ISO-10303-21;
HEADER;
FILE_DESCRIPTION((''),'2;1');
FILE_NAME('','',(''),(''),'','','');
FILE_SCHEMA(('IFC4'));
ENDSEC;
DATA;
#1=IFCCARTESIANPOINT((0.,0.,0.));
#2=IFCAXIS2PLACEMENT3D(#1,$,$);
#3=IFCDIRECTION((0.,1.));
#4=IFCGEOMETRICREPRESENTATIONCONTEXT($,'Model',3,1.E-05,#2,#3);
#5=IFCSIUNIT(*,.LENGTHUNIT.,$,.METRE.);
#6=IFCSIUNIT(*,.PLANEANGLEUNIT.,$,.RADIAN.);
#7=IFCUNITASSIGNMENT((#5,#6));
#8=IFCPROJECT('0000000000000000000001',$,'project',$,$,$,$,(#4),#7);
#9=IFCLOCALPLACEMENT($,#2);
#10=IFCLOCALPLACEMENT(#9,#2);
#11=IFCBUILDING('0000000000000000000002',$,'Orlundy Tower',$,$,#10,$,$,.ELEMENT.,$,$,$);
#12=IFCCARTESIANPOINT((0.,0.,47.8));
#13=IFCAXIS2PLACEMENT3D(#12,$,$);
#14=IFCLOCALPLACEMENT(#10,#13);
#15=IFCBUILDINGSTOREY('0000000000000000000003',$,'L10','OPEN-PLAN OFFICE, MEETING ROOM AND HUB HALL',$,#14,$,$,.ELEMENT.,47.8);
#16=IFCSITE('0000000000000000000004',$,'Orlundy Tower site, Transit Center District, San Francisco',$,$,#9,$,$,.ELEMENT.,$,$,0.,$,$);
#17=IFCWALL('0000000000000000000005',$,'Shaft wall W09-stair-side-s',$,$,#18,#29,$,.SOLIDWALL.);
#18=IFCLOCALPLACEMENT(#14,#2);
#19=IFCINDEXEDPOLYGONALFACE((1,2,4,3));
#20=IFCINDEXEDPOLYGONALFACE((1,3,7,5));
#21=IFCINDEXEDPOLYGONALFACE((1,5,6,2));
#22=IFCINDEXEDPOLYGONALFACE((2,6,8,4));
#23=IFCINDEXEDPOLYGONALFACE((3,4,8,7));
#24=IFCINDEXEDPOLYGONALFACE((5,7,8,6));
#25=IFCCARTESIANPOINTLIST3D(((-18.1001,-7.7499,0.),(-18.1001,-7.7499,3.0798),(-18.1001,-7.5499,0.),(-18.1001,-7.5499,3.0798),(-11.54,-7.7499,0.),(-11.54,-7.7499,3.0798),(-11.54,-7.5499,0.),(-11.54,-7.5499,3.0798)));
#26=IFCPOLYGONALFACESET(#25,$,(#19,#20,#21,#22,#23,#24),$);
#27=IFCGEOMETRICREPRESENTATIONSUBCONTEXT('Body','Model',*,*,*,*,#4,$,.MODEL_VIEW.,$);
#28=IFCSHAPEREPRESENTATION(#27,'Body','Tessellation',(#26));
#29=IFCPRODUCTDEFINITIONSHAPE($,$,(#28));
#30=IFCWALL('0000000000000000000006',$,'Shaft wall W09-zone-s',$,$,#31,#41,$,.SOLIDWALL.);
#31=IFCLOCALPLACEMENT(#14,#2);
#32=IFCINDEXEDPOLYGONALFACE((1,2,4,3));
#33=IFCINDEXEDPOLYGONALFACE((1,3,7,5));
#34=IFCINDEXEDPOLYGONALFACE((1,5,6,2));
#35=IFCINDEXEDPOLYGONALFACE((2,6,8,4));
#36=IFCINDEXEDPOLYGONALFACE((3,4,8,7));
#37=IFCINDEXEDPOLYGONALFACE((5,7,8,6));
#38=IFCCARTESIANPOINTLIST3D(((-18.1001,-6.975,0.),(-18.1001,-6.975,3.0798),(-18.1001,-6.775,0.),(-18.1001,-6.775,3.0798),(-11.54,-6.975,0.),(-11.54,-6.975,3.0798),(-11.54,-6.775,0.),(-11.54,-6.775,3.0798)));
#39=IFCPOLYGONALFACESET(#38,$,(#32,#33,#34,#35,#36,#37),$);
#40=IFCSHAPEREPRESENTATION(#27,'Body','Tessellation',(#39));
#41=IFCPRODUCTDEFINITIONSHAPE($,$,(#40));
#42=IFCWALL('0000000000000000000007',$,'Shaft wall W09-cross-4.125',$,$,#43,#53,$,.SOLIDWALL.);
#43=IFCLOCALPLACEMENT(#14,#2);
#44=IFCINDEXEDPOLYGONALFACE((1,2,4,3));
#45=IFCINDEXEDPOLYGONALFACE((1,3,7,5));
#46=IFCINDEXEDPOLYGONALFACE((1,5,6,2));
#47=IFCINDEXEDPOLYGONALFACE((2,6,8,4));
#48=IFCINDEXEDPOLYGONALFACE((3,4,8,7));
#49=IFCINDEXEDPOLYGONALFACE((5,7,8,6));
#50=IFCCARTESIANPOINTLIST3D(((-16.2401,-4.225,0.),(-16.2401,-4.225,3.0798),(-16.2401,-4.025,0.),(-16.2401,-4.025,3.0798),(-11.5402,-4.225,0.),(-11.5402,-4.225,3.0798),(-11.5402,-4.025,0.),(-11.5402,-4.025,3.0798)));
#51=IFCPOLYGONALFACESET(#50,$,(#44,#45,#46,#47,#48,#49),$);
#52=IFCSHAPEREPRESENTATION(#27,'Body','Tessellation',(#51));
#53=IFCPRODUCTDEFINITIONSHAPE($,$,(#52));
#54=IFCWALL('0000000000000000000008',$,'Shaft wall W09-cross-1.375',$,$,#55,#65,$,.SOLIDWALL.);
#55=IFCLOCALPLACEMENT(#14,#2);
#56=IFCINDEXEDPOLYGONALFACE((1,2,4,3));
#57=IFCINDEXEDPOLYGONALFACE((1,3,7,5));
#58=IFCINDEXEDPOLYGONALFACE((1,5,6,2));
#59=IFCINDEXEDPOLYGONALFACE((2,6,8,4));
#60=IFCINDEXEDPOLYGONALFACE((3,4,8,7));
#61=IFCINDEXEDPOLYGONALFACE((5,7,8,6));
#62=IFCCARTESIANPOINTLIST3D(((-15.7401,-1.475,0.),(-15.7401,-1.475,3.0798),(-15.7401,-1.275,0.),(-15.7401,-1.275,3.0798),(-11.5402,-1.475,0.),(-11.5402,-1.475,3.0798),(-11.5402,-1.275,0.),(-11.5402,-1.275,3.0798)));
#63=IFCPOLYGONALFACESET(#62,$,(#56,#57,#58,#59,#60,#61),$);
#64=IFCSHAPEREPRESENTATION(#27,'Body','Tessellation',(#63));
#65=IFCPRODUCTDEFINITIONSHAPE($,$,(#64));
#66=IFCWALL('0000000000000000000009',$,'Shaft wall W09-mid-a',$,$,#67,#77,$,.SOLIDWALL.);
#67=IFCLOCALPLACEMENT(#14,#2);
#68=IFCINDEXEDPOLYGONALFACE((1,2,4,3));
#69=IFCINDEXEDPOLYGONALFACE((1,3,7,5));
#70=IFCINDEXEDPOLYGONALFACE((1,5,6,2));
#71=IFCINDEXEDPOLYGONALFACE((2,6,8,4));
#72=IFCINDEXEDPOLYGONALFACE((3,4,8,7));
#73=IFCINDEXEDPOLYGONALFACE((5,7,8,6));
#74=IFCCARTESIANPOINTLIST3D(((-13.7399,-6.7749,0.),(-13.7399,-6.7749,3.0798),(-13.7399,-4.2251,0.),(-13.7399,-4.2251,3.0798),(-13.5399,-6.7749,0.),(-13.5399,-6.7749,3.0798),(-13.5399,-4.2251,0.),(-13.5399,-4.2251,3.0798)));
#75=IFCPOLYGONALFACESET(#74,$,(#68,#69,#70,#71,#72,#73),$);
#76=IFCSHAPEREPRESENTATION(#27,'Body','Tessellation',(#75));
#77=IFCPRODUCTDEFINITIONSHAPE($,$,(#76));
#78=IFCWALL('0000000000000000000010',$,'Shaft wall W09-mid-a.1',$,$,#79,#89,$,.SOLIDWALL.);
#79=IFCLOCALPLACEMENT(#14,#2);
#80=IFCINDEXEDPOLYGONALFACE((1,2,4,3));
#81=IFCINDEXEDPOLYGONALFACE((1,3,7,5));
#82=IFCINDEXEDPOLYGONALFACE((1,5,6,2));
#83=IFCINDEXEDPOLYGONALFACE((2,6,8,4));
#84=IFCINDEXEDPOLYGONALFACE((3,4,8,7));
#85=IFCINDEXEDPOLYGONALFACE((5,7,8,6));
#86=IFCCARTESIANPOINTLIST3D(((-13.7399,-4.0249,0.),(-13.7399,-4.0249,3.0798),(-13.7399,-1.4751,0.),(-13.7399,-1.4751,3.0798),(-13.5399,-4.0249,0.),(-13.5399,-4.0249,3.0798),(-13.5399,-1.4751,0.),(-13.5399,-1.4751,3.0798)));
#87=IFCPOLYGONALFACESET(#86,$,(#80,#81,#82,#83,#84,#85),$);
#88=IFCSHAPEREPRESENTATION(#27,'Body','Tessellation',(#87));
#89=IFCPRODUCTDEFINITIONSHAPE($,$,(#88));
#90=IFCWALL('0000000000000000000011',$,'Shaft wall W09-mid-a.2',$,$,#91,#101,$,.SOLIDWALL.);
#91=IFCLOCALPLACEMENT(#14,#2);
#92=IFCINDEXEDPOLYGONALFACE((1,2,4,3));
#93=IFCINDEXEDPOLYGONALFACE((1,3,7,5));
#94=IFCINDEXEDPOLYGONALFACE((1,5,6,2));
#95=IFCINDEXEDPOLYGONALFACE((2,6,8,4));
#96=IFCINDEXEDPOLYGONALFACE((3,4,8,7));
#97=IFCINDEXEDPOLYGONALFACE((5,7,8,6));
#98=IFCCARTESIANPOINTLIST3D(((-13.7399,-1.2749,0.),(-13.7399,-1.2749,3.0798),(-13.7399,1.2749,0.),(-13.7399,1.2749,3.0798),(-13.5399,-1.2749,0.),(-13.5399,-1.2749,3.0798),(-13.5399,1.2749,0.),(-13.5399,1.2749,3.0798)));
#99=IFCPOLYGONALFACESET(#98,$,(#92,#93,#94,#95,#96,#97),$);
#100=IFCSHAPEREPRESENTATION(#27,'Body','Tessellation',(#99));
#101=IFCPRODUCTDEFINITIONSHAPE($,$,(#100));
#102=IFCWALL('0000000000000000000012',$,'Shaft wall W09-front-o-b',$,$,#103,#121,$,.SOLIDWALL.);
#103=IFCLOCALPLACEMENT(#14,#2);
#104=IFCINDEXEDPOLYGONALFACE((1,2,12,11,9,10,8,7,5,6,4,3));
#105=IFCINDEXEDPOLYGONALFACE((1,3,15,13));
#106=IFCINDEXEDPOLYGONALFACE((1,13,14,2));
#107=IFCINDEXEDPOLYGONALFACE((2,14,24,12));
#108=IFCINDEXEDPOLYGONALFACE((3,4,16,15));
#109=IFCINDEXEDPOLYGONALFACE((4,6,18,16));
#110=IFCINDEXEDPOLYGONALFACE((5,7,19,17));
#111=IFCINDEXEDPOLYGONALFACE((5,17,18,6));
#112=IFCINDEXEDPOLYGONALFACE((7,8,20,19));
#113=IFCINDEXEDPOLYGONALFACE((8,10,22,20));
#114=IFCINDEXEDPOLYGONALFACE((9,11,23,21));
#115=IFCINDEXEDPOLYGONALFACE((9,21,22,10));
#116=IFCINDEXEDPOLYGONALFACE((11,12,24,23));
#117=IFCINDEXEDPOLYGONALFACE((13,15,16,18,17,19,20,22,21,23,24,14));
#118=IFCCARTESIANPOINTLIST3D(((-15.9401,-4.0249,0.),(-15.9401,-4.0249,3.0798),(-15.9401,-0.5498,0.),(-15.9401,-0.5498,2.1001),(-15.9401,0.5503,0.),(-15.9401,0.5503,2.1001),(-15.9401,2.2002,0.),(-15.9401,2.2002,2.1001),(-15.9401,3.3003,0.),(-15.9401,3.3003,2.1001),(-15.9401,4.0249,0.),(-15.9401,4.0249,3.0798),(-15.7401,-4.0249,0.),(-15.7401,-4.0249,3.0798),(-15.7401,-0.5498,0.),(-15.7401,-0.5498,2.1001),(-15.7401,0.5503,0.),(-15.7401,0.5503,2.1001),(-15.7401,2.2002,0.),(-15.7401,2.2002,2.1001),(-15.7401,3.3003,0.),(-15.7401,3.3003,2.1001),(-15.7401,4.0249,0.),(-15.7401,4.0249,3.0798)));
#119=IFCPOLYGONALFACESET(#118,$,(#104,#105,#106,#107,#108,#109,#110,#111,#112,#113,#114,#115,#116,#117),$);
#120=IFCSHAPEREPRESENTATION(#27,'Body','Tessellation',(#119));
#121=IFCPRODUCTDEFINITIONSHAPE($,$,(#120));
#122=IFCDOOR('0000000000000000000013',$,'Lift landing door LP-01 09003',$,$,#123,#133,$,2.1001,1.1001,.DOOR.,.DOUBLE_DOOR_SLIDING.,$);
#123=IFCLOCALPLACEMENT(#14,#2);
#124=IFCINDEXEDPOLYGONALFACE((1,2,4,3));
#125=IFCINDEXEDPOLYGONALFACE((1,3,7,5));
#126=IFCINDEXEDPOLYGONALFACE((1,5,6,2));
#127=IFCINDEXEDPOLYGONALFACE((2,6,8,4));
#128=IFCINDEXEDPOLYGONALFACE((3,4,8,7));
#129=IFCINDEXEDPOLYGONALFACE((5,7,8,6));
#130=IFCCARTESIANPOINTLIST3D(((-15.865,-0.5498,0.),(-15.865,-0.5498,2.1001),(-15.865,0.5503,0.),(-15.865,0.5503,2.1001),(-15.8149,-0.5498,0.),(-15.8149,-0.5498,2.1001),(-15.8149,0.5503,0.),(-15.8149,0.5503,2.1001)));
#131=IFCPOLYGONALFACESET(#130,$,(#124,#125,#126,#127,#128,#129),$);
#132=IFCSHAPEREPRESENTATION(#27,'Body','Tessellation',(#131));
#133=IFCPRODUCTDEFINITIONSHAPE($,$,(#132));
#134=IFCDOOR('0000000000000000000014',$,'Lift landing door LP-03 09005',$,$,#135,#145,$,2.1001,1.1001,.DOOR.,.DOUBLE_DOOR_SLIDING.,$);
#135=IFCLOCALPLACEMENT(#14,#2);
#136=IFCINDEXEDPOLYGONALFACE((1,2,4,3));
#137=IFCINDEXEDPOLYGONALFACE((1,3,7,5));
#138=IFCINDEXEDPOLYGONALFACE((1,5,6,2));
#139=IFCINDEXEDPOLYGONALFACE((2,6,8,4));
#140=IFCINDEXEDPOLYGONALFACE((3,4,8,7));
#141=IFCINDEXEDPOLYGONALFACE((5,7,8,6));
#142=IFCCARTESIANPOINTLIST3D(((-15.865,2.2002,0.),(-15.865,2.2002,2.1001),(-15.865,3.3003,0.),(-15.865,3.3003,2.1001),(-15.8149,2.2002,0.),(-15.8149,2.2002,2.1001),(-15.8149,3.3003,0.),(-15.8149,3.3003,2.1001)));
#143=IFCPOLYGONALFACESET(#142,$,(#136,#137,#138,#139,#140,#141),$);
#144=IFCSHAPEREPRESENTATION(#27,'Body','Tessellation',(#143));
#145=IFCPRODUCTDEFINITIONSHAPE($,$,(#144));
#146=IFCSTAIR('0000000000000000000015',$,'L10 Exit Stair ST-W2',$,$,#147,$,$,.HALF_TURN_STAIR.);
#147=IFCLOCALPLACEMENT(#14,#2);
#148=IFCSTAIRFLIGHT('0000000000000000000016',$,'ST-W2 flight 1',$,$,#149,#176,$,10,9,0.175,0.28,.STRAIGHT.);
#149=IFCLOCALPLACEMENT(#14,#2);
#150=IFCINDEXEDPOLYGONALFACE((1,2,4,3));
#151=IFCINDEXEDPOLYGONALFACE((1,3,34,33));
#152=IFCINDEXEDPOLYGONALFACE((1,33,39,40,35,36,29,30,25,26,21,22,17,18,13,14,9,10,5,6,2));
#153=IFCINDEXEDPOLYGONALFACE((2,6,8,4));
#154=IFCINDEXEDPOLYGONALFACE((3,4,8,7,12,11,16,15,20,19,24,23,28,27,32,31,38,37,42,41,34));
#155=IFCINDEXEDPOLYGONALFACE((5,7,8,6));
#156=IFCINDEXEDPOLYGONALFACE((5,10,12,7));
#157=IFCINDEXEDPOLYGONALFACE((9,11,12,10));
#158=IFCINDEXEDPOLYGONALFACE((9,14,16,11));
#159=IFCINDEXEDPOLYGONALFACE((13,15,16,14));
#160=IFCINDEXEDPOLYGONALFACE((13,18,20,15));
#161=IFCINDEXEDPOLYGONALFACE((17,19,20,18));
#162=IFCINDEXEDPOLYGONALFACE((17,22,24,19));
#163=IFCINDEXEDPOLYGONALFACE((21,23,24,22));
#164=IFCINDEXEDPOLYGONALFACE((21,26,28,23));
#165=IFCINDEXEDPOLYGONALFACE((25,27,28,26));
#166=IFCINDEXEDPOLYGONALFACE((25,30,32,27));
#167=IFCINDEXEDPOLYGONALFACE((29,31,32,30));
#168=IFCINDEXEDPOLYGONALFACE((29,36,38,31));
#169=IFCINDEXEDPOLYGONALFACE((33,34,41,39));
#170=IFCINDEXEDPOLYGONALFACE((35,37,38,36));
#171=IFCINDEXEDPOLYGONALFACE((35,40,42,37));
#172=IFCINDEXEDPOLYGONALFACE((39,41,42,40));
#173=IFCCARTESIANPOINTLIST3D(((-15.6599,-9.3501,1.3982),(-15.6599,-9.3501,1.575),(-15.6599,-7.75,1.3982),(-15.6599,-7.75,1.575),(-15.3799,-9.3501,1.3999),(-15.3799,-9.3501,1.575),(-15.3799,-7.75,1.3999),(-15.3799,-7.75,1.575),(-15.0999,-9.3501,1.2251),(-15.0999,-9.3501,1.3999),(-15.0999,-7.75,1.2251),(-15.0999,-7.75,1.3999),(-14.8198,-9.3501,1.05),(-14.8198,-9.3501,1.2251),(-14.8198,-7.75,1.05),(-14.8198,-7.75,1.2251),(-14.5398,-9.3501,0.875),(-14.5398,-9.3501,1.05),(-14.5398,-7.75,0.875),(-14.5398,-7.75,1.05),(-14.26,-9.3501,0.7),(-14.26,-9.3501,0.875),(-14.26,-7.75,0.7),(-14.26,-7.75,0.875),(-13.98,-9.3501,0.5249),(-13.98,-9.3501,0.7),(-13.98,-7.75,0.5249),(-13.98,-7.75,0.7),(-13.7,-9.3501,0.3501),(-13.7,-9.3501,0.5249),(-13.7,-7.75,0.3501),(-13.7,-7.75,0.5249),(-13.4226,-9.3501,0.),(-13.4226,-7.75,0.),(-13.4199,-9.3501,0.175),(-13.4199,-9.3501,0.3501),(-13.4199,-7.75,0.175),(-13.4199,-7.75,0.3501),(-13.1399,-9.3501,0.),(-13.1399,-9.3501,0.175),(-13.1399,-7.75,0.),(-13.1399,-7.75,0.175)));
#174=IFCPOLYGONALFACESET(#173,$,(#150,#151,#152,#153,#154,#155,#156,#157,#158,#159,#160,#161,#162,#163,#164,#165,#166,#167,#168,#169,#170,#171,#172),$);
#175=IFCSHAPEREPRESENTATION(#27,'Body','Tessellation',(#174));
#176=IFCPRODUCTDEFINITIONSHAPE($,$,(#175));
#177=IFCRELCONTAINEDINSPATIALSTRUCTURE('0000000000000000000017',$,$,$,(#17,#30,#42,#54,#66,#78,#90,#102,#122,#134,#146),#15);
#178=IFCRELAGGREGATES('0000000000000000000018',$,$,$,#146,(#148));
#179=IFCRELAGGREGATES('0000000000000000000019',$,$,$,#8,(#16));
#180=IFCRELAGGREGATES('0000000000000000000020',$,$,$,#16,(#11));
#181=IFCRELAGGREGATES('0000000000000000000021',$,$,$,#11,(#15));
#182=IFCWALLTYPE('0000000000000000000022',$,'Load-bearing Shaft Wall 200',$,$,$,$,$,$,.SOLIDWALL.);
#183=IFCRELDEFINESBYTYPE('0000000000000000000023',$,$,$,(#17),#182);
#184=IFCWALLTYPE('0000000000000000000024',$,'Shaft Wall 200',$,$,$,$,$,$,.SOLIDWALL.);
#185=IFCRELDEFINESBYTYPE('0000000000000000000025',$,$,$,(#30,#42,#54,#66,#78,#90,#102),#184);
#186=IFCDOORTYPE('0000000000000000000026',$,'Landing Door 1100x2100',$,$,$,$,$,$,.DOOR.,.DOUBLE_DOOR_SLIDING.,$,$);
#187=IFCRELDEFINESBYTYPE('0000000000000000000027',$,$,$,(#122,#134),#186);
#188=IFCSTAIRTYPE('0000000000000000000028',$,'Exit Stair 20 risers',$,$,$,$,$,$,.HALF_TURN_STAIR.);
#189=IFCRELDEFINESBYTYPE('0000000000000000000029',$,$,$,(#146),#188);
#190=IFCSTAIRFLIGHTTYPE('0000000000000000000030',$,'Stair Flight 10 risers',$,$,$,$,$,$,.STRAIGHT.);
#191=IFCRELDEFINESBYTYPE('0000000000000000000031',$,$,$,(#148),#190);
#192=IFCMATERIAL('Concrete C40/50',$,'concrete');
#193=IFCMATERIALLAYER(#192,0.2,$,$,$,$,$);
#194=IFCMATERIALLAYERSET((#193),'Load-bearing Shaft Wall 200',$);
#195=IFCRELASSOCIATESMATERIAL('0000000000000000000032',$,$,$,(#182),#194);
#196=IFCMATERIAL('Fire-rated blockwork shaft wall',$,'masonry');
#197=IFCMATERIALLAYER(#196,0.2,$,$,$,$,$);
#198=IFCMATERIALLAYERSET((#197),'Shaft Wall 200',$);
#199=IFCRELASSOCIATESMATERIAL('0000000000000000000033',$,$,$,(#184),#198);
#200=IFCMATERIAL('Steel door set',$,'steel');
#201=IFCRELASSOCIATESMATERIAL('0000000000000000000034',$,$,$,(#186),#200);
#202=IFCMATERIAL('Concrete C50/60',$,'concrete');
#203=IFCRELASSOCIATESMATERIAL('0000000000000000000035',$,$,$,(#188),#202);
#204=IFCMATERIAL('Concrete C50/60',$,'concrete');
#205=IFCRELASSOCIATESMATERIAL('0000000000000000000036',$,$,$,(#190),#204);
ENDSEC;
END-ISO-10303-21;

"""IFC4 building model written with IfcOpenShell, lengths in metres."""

from ifc_helpers import new_model, si_unit, direction, frame, frame_2d, origin, place, context, subcontext, project, spatial, polyline, rectangle, outline, extrude, material, layer, layer_set, type_object, element, fill, aggregate, save


model = new_model("IFC4")

# Units and contexts
model_context = context("Model", 3, precision=1e-05, world=origin(), true_north=direction((0.0, 1.0)))
body_context = subcontext(model_context, "Body", "Model", "MODEL_VIEW")
ifc_project = project(units=[si_unit("LENGTHUNIT", "METRE"), si_unit("PLANEANGLEUNIT", "RADIAN")], contexts=[model_context])

# Site, building, storey
site_placement = place(None, origin())
site = spatial("IfcSite", under=ifc_project, at=site_placement, Name="Orlundy Tower site, Transit Center District, San Francisco", CompositionType="ELEMENT", RefElevation=0.0)
building_placement = place(site_placement, origin())
building = spatial("IfcBuilding", under=site, at=building_placement, Name="Orlundy Tower", CompositionType="ELEMENT")
storey_placement = place(building_placement, frame((0.0, 0.0, 47.8)))
storey = spatial("IfcBuildingStorey", under=building, at=storey_placement, Name="L10", Description="OPEN-PLAN OFFICE, MEETING ROOM AND HUB HALL", CompositionType="ELEMENT", Elevation=47.8)

# Walls
ifc_material_1 = material(Name="Concrete C40/50", Category="concrete")
ifc_layer_1 = layer(ifc_material_1, 0.2)
ifc_layer_set_1 = layer_set([ifc_layer_1], Name="Load-bearing Shaft Wall 200")
wall_type_1 = type_object("IfcWallType", Name="Load-bearing Shaft Wall 200", PredefinedType="SOLIDWALL", material=ifc_layer_set_1)
wall_1_placement = place(storey_placement, frame((-11.54, -7.6499, 0.0), z_axis=(0.0, 0.0, 1.0), x_axis=(-1.0, 0.0, 0.0)))
element("IfcWall", 1, at=wall_1_placement, inside=storey, type_object=wall_type_1, Name="Shaft wall W09-stair-side-s", PredefinedType="SOLIDWALL", context=body_context, shape_type="SweptSolid", body=[
    extrude(rectangle(XDim=6.5601, YDim=0.2, at=frame_2d((3.28, 0.0))), origin(), (0.0, 0.0, 1.0), 3.0798),
])
ifc_material_2 = material(Name="Fire-rated blockwork shaft wall", Category="masonry")
ifc_layer_2 = layer(ifc_material_2, 0.2)
ifc_layer_set_2 = layer_set([ifc_layer_2], Name="Shaft Wall 200")
wall_type_2 = type_object("IfcWallType", Name="Shaft Wall 200", PredefinedType="SOLIDWALL", material=ifc_layer_set_2)
wall_2_placement = place(storey_placement, frame((-11.54, -6.875, 0.0), z_axis=(0.0, 0.0, 1.0), x_axis=(-1.0, 0.0, 0.0)))
element("IfcWall", 2, at=wall_2_placement, inside=storey, type_object=wall_type_2, Name="Shaft wall W09-zone-s", PredefinedType="SOLIDWALL", context=body_context, shape_type="SweptSolid", body=[
    extrude(rectangle(XDim=6.5601, YDim=0.2, at=frame_2d((3.28, 0.0))), origin(), (0.0, 0.0, 1.0), 3.0798),
])
wall_3_placement = place(storey_placement, frame((-11.54, -4.125, 0.0), z_axis=(0.0, 0.0, 1.0), x_axis=(-1.0, 0.0, 0.0)))
element("IfcWall", 3, at=wall_3_placement, inside=storey, type_object=wall_type_2, Name="Shaft wall W09-cross-4.125", PredefinedType="SOLIDWALL", context=body_context, shape_type="SweptSolid", body=[
    extrude(rectangle(XDim=4.7, YDim=0.2, at=frame_2d((2.3501, 0.0))), origin(), (0.0, 0.0, 1.0), 3.0798),
])
wall_4_placement = place(storey_placement, frame((-11.54, -1.375, 0.0), z_axis=(0.0, 0.0, 1.0), x_axis=(-1.0, 0.0, 0.0)))
element("IfcWall", 4, at=wall_4_placement, inside=storey, type_object=wall_type_2, Name="Shaft wall W09-cross-1.375", PredefinedType="SOLIDWALL", context=body_context, shape_type="SweptSolid", body=[
    extrude(rectangle(XDim=4.2, YDim=0.2, at=frame_2d((2.1001, 0.0))), origin(), (0.0, 0.0, 1.0), 3.0798),
])
for number, where, z_axis, x_axis, name in (
    (5, (-13.6399, -6.7749, 0.0), (0.0, 0.0, 1.0), (0.0, 1.0, 0.0), "Shaft wall W09-mid-a"),
    (6, (-13.6399, -4.0249, 0.0), (0.0, 0.0, 1.0), (0.0, 1.0, 0.0), "Shaft wall W09-mid-a.1"),
    (7, (-13.6399, -1.2749, 0.0), (0.0, 0.0, 1.0), (0.0, 1.0, 0.0), "Shaft wall W09-mid-a.2"),
):
    element("IfcWall", number, at=place(storey_placement, frame(where, z_axis=z_axis, x_axis=x_axis)), inside=storey, type_object=wall_type_2, Name=name, PredefinedType="SOLIDWALL", context=body_context, shape_type="SweptSolid", body=[
        extrude(rectangle(XDim=2.5498, YDim=0.2, at=frame_2d((1.2749, 0.0))), origin(), (0.0, 0.0, 1.0), 3.0798),
    ])

# Wall, openings, doors
wall_5_placement = place(storey_placement, frame((-15.8401, -4.0249, 0.0), z_axis=(0.0, 0.0, 1.0), x_axis=(0.0, 1.0, 0.0)))
wall_5 = element("IfcWall", 8, at=wall_5_placement, inside=storey, type_object=wall_type_2, Name="Shaft wall W09-front-o-b", PredefinedType="SOLIDWALL", context=body_context, shape_type="SweptSolid", body=[
    extrude(rectangle(XDim=8.0498, YDim=0.2, at=frame_2d((4.0249, 0.0))), origin(), (0.0, 0.0, 1.0), 3.0798),
])
opening_1_placement = place(wall_5_placement, frame((3.4751, 0.0, 0.0)))
opening_1 = element("IfcOpeningElement", 9, at=opening_1_placement, cuts=wall_5, PredefinedType="OPENING", context=body_context, shape_type="SweptSolid", body=[
    extrude(rectangle(XDim=1.1001, YDim=2.1001, at=frame_2d((0.55, 1.05))), frame((0.0, 0.1101, 0.0), z_axis=(0.0, -1.0, 0.0), x_axis=(1.0, 0.0, 0.0)), (0.0, 0.0, 1.0), 0.2202),
])
opening_2_placement = place(wall_5_placement, frame((6.2251, 0.0, 0.0)))
opening_2 = element("IfcOpeningElement", 10, at=opening_2_placement, cuts=wall_5, PredefinedType="OPENING", context=body_context, shape_type="SweptSolid", body=[
    extrude(rectangle(XDim=1.1001, YDim=2.1001, at=frame_2d((0.55, 1.05))), frame((0.0, 0.1101, 0.0), z_axis=(0.0, -1.0, 0.0), x_axis=(1.0, 0.0, 0.0)), (0.0, 0.0, 1.0), 0.2202),
])
ifc_material_3 = material(Name="Steel door set", Category="steel")
door_type = type_object("IfcDoorType", Name="Landing Door 1100x2100", OperationType="DOUBLE_DOOR_SLIDING", PredefinedType="DOOR", material=ifc_material_3)
door_1_placement = place(opening_1_placement, origin())
door_1 = element("IfcDoor", 11, at=door_1_placement, inside=storey, type_object=door_type, Name="Lift landing door LP-01 09003", OperationType="DOUBLE_DOOR_SLIDING", OverallHeight=2.1001, OverallWidth=1.1001, PredefinedType="DOOR", context=body_context, shape_type="SweptSolid", body=[
    extrude(rectangle(XDim=1.1001, YDim=2.1001, at=frame_2d((0.55, 1.05))), frame((0.0, 0.0249, 0.0), z_axis=(0.0, -1.0, 0.0), x_axis=(1.0, 0.0, 0.0)), (0.0, 0.0, 1.0), 0.05),
])
fill(opening_1, door_1)
door_2_placement = place(opening_2_placement, origin())
door_2 = element("IfcDoor", 12, at=door_2_placement, inside=storey, type_object=door_type, Name="Lift landing door LP-03 09005", OperationType="DOUBLE_DOOR_SLIDING", OverallHeight=2.1001, OverallWidth=1.1001, PredefinedType="DOOR", context=body_context, shape_type="SweptSolid", body=[
    extrude(rectangle(XDim=1.1001, YDim=2.1001, at=frame_2d((0.55, 1.05))), frame((0.0, 0.0249, 0.0), z_axis=(0.0, -1.0, 0.0), x_axis=(1.0, 0.0, 0.0)), (0.0, 0.0, 1.0), 0.05),
])
fill(opening_2, door_2)

# Stair, stair flight
ifc_material_4 = material(Name="Concrete C50/60", Category="concrete")
stair_type = type_object("IfcStairType", Name="Exit Stair 20 risers", PredefinedType="HALF_TURN_STAIR", material=ifc_material_4)
stair_placement = place(storey_placement, origin())
stair = element("IfcStair", 13, at=stair_placement, inside=storey, type_object=stair_type, Name="L10 Exit Stair ST-W2", PredefinedType="HALF_TURN_STAIR")
ifc_material_5 = material(Name="Concrete C50/60", Category="concrete")
stair_flight_type = type_object("IfcStairFlightType", Name="Stair Flight 10 risers", PredefinedType="STRAIGHT", material=ifc_material_5)
stair_flight_1_placement = place(storey_placement, frame((-13.1399, -8.55, 0.0), z_axis=(0.0, 0.0, 1.0), x_axis=(-1.0, 0.0, 0.0)))
stair_flight_1 = element("IfcStairFlight", 14, at=stair_flight_1_placement, type_object=stair_flight_type, Name="ST-W2 flight 1", NumberOfRisers=10, NumberOfTreads=9, PredefinedType="STRAIGHT", RiserHeight=0.175, TreadLength=0.28, context=body_context, shape_type="SweptSolid", body=[
    extrude(outline(polyline([(0.0, 0.0), (0.0, 0.175), (0.28, 0.175), (0.28, 0.3501), (0.5601, 0.3501), (0.5601, 0.5249), (0.8401, 0.5249), (0.8401, 0.7), (1.1201, 0.7), (1.1201, 0.875), (1.3999, 0.875), (1.3999, 1.05), (1.6799, 1.05), (1.6799, 1.2251), (1.96, 1.2251), (1.96, 1.3999), (2.24, 1.3999), (2.24, 1.575), (2.52, 1.575), (2.52, 1.75), (2.52, 1.3982), (0.2827, 0.0), (0.0, 0.0)])), frame((0.0, 0.8, 0.0), z_axis=(0.0, -1.0, 0.0), x_axis=(1.0, 0.0, 0.0)), (0.0, 0.0, 1.0), 1.6001),
])
aggregate(stair, [stair_flight_1])

save(model, "model.ifc")
